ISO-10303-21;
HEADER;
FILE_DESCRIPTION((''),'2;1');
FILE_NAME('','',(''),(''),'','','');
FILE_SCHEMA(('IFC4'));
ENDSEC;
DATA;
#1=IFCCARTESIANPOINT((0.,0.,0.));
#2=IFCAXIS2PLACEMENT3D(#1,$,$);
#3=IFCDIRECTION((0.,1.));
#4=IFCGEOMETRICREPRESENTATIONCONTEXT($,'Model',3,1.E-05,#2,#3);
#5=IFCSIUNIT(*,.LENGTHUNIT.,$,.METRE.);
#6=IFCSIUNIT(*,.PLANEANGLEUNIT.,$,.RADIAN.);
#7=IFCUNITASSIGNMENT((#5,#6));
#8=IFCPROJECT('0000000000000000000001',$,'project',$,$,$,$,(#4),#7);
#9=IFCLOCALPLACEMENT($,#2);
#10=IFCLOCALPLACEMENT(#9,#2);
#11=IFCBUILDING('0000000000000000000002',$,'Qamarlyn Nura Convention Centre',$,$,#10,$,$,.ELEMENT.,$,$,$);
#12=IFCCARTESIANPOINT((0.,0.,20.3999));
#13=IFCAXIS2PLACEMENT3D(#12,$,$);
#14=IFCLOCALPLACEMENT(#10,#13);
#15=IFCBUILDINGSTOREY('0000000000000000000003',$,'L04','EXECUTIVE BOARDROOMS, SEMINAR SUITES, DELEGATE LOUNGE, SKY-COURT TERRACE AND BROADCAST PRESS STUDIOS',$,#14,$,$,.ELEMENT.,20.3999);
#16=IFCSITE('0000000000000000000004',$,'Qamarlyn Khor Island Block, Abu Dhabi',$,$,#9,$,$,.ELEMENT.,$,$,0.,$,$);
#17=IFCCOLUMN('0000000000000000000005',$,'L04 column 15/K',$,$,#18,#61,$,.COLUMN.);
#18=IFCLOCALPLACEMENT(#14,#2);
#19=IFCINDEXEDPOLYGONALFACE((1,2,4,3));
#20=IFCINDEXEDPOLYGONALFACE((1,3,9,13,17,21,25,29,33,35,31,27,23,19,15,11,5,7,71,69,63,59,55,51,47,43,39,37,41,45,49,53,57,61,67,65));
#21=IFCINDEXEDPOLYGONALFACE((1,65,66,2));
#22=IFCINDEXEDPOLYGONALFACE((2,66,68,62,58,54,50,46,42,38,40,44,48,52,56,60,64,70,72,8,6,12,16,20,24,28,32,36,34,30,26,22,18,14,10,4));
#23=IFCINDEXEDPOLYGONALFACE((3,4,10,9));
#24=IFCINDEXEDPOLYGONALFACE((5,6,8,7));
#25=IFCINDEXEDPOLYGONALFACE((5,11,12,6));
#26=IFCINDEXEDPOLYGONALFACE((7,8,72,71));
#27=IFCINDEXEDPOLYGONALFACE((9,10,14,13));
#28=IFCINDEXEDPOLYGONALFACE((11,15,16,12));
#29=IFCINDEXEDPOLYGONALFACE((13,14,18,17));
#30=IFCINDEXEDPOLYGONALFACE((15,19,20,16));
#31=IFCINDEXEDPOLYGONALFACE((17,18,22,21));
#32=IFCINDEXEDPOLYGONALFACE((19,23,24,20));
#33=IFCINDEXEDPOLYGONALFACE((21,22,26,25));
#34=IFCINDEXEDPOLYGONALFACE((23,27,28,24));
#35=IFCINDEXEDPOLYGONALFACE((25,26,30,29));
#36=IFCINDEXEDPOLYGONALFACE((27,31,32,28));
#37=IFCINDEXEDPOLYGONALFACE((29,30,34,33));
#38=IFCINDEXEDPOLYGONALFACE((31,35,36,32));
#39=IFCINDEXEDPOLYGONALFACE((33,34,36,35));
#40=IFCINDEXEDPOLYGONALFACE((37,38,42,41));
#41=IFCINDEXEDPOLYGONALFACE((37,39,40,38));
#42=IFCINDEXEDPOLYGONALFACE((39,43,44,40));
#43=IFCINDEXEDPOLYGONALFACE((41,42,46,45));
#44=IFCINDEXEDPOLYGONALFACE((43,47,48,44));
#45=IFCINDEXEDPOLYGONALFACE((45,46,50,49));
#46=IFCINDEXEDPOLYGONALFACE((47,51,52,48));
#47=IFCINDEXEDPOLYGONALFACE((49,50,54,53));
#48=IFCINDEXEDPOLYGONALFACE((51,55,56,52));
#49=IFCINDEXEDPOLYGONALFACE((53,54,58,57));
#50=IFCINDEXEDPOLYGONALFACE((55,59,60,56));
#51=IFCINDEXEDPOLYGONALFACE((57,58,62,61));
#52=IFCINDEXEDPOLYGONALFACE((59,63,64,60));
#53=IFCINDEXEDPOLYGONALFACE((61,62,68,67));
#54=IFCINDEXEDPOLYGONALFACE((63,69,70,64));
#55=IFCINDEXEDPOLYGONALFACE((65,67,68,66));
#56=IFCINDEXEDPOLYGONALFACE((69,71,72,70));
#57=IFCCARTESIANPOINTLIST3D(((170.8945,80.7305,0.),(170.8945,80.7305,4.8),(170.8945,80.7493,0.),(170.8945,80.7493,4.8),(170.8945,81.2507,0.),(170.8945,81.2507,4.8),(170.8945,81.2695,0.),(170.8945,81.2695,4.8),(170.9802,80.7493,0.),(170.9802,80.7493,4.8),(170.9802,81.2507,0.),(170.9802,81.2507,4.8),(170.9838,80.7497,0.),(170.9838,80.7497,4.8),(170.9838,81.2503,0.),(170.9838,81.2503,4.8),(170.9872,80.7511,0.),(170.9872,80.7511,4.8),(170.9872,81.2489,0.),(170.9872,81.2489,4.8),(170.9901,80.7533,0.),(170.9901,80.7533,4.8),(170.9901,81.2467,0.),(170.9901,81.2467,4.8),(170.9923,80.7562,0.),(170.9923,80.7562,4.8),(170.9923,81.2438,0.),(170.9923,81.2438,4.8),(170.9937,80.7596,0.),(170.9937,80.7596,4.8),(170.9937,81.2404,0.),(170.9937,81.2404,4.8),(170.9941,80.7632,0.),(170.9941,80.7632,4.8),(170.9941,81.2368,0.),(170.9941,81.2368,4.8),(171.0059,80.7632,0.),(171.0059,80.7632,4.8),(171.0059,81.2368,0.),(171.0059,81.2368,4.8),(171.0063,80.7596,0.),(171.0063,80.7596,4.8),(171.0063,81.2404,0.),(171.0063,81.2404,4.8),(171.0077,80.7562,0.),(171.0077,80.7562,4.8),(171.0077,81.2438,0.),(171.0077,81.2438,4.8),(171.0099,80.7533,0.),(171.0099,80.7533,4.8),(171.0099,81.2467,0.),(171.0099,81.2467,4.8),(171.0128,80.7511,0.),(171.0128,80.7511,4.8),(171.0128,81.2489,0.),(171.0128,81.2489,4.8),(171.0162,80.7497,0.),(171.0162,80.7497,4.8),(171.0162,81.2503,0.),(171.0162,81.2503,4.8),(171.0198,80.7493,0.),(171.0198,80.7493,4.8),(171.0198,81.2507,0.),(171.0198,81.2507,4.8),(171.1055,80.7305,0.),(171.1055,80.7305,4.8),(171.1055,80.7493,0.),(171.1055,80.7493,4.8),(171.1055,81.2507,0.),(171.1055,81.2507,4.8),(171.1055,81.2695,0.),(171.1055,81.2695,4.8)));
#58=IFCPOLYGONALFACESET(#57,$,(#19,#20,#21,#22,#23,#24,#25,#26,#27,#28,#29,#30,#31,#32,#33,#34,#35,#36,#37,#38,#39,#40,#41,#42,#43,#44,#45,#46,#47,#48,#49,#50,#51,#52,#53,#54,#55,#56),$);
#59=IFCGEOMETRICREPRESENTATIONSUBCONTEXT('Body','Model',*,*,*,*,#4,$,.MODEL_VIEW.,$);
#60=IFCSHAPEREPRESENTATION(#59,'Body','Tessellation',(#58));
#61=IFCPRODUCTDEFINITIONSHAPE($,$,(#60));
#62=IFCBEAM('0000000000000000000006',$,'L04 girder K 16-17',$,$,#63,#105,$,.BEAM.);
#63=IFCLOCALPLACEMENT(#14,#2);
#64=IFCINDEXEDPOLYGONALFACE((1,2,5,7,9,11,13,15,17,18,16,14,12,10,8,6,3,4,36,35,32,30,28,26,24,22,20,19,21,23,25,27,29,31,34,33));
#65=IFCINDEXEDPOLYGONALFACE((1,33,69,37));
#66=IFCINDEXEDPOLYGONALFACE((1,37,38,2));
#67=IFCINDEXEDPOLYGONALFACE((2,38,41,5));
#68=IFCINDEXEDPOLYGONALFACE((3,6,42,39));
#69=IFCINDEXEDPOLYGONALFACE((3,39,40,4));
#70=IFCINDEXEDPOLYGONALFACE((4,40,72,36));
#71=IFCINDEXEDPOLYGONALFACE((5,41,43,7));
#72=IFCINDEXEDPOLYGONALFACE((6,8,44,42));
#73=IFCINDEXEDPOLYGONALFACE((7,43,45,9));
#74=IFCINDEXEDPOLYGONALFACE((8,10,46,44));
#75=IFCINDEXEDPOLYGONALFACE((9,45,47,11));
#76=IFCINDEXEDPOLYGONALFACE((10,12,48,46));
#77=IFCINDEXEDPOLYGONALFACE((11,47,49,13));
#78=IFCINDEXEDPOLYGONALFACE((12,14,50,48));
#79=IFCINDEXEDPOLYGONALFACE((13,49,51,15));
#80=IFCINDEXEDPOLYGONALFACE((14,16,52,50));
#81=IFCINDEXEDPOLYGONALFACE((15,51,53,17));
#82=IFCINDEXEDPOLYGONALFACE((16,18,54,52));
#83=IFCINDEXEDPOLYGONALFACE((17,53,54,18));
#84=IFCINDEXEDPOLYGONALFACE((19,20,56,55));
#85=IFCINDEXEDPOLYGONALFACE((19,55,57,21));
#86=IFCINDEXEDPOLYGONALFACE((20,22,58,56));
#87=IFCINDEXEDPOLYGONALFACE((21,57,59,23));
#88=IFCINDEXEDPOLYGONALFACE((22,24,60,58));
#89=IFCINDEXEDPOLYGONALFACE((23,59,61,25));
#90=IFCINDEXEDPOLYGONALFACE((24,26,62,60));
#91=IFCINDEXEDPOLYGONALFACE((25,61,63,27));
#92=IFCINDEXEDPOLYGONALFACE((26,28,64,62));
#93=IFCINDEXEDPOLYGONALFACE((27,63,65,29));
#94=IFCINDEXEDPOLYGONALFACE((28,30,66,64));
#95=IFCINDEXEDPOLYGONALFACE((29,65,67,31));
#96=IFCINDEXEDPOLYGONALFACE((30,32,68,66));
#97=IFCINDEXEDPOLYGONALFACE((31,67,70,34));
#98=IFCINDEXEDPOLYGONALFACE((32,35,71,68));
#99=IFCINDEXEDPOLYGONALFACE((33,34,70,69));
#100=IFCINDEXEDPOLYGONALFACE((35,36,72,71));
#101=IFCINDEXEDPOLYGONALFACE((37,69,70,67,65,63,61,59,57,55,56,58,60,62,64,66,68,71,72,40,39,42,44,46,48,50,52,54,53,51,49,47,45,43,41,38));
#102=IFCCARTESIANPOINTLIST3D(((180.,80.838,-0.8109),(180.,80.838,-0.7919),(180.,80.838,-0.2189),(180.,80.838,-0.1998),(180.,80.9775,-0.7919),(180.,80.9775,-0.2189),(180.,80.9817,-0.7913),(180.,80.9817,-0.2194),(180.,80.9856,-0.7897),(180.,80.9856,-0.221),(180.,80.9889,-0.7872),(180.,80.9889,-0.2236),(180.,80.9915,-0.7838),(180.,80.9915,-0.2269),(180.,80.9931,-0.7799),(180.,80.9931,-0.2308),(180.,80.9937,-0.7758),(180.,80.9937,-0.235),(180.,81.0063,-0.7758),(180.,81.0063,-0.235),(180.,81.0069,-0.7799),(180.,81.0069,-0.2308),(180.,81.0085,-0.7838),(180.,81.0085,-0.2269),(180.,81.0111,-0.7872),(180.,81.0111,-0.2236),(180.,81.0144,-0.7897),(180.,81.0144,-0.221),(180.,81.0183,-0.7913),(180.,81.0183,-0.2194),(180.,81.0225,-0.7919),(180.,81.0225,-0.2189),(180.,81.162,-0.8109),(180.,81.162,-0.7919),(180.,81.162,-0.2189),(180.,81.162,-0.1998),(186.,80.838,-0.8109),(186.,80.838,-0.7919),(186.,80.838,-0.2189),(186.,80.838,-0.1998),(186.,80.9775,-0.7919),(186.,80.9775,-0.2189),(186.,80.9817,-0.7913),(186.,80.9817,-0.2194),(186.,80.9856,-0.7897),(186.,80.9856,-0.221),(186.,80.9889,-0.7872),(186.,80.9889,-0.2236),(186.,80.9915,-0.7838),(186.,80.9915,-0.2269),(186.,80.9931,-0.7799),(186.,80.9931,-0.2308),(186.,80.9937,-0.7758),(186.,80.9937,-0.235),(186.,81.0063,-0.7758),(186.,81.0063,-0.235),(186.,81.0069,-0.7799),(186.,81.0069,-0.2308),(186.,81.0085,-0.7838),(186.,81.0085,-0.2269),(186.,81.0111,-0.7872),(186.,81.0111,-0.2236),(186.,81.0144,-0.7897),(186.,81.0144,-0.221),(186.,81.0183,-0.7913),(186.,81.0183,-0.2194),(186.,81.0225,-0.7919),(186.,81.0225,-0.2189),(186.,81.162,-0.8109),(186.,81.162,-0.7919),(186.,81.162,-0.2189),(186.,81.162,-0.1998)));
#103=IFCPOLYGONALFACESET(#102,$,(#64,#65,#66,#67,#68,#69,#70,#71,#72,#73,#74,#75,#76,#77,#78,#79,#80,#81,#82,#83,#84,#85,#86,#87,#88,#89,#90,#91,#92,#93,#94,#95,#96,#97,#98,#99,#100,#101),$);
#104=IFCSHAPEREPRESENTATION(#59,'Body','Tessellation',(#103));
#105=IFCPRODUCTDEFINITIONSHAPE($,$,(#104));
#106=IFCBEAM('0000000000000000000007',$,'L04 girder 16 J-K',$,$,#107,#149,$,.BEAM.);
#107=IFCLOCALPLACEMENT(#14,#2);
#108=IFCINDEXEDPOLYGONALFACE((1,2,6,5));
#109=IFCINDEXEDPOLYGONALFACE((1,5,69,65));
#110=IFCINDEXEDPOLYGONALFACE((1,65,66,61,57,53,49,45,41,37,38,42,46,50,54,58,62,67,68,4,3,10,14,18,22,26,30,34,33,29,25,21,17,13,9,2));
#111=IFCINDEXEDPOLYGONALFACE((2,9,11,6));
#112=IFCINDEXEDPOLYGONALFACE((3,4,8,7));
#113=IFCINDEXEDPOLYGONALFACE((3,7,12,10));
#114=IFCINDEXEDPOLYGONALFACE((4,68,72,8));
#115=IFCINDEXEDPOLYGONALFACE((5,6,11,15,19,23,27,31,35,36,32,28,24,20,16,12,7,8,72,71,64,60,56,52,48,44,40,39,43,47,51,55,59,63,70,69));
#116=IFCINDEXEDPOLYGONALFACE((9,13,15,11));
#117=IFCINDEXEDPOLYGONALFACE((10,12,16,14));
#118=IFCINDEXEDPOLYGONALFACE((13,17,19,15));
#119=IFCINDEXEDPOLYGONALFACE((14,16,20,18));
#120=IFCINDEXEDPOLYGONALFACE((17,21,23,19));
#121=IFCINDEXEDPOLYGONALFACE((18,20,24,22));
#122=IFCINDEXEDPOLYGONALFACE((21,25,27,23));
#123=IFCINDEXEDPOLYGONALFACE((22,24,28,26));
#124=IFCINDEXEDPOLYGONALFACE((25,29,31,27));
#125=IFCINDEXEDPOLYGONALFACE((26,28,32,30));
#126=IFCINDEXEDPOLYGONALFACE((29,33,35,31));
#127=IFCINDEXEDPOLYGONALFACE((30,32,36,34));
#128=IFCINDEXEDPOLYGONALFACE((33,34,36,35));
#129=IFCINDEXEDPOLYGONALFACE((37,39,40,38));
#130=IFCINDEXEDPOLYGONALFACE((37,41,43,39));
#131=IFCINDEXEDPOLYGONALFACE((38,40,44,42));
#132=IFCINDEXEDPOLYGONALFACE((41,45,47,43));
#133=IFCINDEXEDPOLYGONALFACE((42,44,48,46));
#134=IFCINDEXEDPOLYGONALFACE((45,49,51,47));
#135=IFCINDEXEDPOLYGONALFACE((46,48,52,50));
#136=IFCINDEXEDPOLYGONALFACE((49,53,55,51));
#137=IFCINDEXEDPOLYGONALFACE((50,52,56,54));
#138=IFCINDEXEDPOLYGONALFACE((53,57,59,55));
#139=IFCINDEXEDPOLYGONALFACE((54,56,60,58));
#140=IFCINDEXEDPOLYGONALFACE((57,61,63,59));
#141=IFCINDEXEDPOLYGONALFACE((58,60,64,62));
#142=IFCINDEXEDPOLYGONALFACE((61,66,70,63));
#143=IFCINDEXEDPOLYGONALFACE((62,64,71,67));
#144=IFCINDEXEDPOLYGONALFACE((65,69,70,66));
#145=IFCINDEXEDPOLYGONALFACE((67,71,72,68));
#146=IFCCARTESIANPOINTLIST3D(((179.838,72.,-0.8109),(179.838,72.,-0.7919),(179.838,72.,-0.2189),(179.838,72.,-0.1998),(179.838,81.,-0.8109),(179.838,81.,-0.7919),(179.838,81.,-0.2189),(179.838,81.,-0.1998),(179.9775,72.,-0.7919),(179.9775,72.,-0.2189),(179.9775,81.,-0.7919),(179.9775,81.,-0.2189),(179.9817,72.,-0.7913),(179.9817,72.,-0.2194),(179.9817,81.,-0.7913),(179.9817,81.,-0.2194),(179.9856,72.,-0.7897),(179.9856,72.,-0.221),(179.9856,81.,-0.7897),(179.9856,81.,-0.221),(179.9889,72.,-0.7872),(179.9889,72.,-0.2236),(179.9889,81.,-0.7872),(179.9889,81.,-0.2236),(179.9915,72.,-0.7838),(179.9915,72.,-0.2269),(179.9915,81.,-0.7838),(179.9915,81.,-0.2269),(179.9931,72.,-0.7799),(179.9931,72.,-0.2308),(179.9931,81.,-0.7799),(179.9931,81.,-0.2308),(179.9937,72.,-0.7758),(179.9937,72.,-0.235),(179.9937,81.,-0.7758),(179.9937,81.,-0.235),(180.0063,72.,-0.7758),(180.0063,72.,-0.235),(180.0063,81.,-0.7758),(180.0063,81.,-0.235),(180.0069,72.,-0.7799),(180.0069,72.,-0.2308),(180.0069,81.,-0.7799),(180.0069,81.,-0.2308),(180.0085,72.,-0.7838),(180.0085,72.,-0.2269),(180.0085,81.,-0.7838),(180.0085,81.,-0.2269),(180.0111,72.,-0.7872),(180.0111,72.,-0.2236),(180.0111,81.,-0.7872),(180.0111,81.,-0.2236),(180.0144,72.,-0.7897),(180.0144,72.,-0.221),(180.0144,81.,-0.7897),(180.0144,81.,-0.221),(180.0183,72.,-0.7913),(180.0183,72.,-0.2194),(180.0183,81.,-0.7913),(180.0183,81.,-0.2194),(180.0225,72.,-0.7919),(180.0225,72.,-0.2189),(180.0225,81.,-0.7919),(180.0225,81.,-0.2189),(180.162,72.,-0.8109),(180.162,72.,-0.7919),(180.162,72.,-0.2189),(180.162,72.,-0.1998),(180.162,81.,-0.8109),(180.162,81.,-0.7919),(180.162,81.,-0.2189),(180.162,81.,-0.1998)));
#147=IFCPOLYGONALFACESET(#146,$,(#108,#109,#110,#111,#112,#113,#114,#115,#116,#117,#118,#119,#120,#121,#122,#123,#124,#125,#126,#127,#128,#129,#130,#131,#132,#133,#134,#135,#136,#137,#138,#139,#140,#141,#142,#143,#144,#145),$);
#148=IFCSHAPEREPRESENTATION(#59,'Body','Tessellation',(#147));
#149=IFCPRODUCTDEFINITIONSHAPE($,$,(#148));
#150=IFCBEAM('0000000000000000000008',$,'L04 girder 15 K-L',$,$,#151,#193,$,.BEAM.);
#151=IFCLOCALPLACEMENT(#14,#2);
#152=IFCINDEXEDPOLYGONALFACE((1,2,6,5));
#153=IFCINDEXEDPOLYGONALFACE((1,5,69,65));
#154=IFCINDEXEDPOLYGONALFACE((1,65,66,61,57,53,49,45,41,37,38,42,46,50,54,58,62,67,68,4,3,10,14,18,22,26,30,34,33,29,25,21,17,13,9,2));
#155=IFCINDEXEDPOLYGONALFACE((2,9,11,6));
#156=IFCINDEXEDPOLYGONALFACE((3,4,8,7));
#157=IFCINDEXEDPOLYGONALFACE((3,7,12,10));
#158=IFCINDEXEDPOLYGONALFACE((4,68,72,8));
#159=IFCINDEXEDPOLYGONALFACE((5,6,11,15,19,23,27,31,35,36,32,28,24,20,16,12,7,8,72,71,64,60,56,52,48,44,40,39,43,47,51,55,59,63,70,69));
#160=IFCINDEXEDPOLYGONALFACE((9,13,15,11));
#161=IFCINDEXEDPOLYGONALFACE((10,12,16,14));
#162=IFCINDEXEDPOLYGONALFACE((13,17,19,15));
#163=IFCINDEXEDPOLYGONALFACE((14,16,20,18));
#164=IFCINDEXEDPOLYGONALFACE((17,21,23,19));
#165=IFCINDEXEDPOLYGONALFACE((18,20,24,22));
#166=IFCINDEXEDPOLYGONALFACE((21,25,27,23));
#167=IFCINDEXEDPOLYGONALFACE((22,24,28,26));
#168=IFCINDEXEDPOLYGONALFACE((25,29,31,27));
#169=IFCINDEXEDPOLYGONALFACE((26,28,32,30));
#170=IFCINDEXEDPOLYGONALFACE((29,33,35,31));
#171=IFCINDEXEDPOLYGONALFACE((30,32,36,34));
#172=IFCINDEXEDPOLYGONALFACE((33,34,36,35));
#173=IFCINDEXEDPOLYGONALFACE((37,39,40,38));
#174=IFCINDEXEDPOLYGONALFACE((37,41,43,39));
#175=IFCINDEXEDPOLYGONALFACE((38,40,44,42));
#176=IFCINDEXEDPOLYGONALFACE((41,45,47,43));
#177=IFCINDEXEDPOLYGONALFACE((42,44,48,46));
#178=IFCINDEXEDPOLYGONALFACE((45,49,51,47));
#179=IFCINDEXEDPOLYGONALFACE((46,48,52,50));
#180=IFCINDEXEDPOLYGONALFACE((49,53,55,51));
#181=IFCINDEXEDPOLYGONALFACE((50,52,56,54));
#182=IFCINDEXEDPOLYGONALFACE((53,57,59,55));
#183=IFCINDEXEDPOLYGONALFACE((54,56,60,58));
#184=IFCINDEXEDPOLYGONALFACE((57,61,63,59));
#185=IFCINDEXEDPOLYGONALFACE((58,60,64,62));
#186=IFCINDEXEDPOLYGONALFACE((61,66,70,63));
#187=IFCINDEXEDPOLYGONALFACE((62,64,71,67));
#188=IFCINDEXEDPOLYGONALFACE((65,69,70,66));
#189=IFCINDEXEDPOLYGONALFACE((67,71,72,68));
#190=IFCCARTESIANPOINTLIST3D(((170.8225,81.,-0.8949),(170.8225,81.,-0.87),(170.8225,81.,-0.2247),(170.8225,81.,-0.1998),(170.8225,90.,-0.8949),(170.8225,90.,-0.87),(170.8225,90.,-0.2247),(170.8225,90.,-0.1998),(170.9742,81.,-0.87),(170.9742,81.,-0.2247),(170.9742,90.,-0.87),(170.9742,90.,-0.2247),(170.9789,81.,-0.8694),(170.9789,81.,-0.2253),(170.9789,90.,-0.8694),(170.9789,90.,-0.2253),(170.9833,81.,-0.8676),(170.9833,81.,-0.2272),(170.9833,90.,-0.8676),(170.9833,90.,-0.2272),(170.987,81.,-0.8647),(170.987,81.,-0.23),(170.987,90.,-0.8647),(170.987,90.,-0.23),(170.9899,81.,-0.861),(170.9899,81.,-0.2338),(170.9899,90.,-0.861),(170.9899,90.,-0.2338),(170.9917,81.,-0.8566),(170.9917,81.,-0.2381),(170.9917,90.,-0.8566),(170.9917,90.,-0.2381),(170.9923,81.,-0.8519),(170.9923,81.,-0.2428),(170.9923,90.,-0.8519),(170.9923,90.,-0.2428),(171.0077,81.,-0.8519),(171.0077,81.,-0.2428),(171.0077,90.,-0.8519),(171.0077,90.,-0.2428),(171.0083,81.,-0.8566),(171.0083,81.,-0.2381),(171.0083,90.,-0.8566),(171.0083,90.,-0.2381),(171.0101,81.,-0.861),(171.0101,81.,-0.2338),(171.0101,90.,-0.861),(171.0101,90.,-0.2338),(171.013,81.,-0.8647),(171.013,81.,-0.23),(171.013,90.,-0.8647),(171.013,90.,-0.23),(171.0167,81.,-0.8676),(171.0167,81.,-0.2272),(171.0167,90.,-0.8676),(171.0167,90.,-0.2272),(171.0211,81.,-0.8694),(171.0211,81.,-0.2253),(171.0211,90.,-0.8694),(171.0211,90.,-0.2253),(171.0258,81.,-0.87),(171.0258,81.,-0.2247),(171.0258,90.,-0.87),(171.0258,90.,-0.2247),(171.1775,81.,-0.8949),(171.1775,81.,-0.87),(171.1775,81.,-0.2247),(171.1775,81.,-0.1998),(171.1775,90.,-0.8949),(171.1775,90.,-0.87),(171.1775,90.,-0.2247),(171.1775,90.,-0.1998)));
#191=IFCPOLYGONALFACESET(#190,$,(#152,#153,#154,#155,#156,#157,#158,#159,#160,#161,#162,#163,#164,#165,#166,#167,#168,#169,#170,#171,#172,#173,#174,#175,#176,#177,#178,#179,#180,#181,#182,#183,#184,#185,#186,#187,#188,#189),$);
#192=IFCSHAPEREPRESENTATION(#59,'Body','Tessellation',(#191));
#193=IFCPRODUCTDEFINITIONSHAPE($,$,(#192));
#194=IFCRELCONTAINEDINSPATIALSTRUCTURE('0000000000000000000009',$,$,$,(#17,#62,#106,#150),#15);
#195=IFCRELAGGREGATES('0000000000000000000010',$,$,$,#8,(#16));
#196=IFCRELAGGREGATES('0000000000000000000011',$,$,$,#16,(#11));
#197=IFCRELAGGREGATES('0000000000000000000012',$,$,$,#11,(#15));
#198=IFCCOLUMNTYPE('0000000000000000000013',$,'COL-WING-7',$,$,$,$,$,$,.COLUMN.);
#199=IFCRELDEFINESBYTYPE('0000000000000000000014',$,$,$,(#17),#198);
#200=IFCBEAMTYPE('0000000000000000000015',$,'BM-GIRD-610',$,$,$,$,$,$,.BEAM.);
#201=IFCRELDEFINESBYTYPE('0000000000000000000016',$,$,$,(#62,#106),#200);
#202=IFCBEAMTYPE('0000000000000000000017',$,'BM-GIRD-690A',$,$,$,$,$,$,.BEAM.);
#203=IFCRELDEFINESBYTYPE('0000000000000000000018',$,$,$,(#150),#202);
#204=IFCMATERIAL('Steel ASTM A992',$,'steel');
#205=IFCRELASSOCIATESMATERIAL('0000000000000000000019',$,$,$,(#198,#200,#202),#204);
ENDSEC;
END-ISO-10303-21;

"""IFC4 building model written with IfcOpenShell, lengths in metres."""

from ifc_helpers import new_model, si_unit, direction, frame, origin, origin_2d, place, context, subcontext, project, spatial, i_section, extrude, material, material_profile, profile_set, type_object, element, save


model = new_model("IFC4")

# Units and contexts
model_context = context("Model", 3, precision=1e-05, world=origin(), true_north=direction((0.0, 1.0)))
body_context = subcontext(model_context, "Body", "Model", "MODEL_VIEW")
ifc_project = project(units=[si_unit("LENGTHUNIT", "METRE"), si_unit("PLANEANGLEUNIT", "RADIAN")], contexts=[model_context])

# Site, building, storey
site_placement = place(None, origin())
site = spatial("IfcSite", under=ifc_project, at=site_placement, Name="Qamarlyn Khor Island Block, Abu Dhabi", CompositionType="ELEMENT", RefElevation=0.0)
building_placement = place(site_placement, origin())
building = spatial("IfcBuilding", under=site, at=building_placement, Name="Qamarlyn Nura Convention Centre", CompositionType="ELEMENT")
storey_placement = place(building_placement, frame((0.0, 0.0, 20.3999)))
storey = spatial("IfcBuildingStorey", under=building, at=storey_placement, Name="L04", Description="EXECUTIVE BOARDROOMS, SEMINAR SUITES, DELEGATE LOUNGE, SKY-COURT TERRACE AND BROADCAST PRESS STUDIOS", CompositionType="ELEMENT", Elevation=20.3999)

# Column
ifc_material_1 = material(Name="Steel ASTM A992", Category="steel")
ifc_material_profile_1 = material_profile(ifc_material_1, i_section(OverallWidth=0.2109, OverallDepth=0.5391, WebThickness=0.0117, FlangeThickness=0.0188, FilletRadius=0.0139, at=origin_2d()), Name="W530X109")
ifc_profile_set_1 = profile_set([ifc_material_profile_1], Name="Steel ASTM A992")
column_type_1 = type_object("IfcColumnType", Name="COL-WING-7", PredefinedType="COLUMN", material=ifc_profile_set_1)
column_1_placement = place(storey_placement, frame((171.0, 81.0, 0.0), z_axis=(0.0, 0.0, 1.0), x_axis=(1.0, 0.0, 0.0)))
element("IfcColumn", 1, at=column_1_placement, inside=storey, type_object=column_type_1, Name="L04 column 15/K", PredefinedType="COLUMN", context=body_context, shape_type="SweptSolid", body=[
    extrude(i_section(OverallWidth=0.2109, OverallDepth=0.5391, WebThickness=0.0117, FlangeThickness=0.0188, FilletRadius=0.0139, at=origin_2d()), origin(), (0.0, 0.0, 1.0), 4.8),
])

# Beams
ifc_material_profile_2 = material_profile(ifc_material_1, i_section(OverallWidth=0.324, OverallDepth=0.6111, WebThickness=0.0127, FlangeThickness=0.019, FilletRadius=0.0161, at=origin_2d()), Name="W610X155")
ifc_profile_set_2 = profile_set([ifc_material_profile_2], Name="Steel ASTM A992")
beam_type_1 = type_object("IfcBeamType", Name="BM-GIRD-610", PredefinedType="BEAM", material=ifc_profile_set_2)
beam_1_placement = place(storey_placement, frame((180.0, 81.0, -0.5054), z_axis=(1.0, 0.0, 0.0), x_axis=(0.0, 1.0, 0.0)))
element("IfcBeam", 2, at=beam_1_placement, inside=storey, type_object=beam_type_1, Name="L04 girder K 16-17", PredefinedType="BEAM", context=body_context, shape_type="SweptSolid", body=[
    extrude(i_section(OverallWidth=0.324, OverallDepth=0.6111, WebThickness=0.0127, FlangeThickness=0.019, FilletRadius=0.0161, at=origin_2d()), origin(), (0.0, 0.0, 1.0), 6.0),
])
beam_2_placement = place(storey_placement, frame((180.0, 72.0, -0.5054), z_axis=(0.0, 1.0, 0.0), x_axis=(-1.0, 0.0, 0.0)))
element("IfcBeam", 3, at=beam_2_placement, inside=storey, type_object=beam_type_1, Name="L04 girder 16 J-K", PredefinedType="BEAM", context=body_context, shape_type="SweptSolid", body=[
    extrude(i_section(OverallWidth=0.324, OverallDepth=0.6111, WebThickness=0.0127, FlangeThickness=0.019, FilletRadius=0.0161, at=origin_2d()), origin(), (0.0, 0.0, 1.0), 9.0),
])
ifc_material_profile_3 = material_profile(ifc_material_1, i_section(OverallWidth=0.355, OverallDepth=0.6951, WebThickness=0.0154, FlangeThickness=0.0249, FilletRadius=0.0181, at=origin_2d()), Name="W690X217")
ifc_profile_set_3 = profile_set([ifc_material_profile_3], Name="Steel ASTM A992")
beam_type_2 = type_object("IfcBeamType", Name="BM-GIRD-690A", PredefinedType="BEAM", material=ifc_profile_set_3)
beam_3_placement = place(storey_placement, frame((171.0, 81.0, -0.5474), z_axis=(0.0, 1.0, 0.0), x_axis=(-1.0, 0.0, 0.0)))
element("IfcBeam", 4, at=beam_3_placement, inside=storey, type_object=beam_type_2, Name="L04 girder 15 K-L", PredefinedType="BEAM", context=body_context, shape_type="SweptSolid", body=[
    extrude(i_section(OverallWidth=0.355, OverallDepth=0.6951, WebThickness=0.0154, FlangeThickness=0.0249, FilletRadius=0.0181, at=origin_2d()), origin(), (0.0, 0.0, 1.0), 9.0),
])

save(model, "model.ifc")
